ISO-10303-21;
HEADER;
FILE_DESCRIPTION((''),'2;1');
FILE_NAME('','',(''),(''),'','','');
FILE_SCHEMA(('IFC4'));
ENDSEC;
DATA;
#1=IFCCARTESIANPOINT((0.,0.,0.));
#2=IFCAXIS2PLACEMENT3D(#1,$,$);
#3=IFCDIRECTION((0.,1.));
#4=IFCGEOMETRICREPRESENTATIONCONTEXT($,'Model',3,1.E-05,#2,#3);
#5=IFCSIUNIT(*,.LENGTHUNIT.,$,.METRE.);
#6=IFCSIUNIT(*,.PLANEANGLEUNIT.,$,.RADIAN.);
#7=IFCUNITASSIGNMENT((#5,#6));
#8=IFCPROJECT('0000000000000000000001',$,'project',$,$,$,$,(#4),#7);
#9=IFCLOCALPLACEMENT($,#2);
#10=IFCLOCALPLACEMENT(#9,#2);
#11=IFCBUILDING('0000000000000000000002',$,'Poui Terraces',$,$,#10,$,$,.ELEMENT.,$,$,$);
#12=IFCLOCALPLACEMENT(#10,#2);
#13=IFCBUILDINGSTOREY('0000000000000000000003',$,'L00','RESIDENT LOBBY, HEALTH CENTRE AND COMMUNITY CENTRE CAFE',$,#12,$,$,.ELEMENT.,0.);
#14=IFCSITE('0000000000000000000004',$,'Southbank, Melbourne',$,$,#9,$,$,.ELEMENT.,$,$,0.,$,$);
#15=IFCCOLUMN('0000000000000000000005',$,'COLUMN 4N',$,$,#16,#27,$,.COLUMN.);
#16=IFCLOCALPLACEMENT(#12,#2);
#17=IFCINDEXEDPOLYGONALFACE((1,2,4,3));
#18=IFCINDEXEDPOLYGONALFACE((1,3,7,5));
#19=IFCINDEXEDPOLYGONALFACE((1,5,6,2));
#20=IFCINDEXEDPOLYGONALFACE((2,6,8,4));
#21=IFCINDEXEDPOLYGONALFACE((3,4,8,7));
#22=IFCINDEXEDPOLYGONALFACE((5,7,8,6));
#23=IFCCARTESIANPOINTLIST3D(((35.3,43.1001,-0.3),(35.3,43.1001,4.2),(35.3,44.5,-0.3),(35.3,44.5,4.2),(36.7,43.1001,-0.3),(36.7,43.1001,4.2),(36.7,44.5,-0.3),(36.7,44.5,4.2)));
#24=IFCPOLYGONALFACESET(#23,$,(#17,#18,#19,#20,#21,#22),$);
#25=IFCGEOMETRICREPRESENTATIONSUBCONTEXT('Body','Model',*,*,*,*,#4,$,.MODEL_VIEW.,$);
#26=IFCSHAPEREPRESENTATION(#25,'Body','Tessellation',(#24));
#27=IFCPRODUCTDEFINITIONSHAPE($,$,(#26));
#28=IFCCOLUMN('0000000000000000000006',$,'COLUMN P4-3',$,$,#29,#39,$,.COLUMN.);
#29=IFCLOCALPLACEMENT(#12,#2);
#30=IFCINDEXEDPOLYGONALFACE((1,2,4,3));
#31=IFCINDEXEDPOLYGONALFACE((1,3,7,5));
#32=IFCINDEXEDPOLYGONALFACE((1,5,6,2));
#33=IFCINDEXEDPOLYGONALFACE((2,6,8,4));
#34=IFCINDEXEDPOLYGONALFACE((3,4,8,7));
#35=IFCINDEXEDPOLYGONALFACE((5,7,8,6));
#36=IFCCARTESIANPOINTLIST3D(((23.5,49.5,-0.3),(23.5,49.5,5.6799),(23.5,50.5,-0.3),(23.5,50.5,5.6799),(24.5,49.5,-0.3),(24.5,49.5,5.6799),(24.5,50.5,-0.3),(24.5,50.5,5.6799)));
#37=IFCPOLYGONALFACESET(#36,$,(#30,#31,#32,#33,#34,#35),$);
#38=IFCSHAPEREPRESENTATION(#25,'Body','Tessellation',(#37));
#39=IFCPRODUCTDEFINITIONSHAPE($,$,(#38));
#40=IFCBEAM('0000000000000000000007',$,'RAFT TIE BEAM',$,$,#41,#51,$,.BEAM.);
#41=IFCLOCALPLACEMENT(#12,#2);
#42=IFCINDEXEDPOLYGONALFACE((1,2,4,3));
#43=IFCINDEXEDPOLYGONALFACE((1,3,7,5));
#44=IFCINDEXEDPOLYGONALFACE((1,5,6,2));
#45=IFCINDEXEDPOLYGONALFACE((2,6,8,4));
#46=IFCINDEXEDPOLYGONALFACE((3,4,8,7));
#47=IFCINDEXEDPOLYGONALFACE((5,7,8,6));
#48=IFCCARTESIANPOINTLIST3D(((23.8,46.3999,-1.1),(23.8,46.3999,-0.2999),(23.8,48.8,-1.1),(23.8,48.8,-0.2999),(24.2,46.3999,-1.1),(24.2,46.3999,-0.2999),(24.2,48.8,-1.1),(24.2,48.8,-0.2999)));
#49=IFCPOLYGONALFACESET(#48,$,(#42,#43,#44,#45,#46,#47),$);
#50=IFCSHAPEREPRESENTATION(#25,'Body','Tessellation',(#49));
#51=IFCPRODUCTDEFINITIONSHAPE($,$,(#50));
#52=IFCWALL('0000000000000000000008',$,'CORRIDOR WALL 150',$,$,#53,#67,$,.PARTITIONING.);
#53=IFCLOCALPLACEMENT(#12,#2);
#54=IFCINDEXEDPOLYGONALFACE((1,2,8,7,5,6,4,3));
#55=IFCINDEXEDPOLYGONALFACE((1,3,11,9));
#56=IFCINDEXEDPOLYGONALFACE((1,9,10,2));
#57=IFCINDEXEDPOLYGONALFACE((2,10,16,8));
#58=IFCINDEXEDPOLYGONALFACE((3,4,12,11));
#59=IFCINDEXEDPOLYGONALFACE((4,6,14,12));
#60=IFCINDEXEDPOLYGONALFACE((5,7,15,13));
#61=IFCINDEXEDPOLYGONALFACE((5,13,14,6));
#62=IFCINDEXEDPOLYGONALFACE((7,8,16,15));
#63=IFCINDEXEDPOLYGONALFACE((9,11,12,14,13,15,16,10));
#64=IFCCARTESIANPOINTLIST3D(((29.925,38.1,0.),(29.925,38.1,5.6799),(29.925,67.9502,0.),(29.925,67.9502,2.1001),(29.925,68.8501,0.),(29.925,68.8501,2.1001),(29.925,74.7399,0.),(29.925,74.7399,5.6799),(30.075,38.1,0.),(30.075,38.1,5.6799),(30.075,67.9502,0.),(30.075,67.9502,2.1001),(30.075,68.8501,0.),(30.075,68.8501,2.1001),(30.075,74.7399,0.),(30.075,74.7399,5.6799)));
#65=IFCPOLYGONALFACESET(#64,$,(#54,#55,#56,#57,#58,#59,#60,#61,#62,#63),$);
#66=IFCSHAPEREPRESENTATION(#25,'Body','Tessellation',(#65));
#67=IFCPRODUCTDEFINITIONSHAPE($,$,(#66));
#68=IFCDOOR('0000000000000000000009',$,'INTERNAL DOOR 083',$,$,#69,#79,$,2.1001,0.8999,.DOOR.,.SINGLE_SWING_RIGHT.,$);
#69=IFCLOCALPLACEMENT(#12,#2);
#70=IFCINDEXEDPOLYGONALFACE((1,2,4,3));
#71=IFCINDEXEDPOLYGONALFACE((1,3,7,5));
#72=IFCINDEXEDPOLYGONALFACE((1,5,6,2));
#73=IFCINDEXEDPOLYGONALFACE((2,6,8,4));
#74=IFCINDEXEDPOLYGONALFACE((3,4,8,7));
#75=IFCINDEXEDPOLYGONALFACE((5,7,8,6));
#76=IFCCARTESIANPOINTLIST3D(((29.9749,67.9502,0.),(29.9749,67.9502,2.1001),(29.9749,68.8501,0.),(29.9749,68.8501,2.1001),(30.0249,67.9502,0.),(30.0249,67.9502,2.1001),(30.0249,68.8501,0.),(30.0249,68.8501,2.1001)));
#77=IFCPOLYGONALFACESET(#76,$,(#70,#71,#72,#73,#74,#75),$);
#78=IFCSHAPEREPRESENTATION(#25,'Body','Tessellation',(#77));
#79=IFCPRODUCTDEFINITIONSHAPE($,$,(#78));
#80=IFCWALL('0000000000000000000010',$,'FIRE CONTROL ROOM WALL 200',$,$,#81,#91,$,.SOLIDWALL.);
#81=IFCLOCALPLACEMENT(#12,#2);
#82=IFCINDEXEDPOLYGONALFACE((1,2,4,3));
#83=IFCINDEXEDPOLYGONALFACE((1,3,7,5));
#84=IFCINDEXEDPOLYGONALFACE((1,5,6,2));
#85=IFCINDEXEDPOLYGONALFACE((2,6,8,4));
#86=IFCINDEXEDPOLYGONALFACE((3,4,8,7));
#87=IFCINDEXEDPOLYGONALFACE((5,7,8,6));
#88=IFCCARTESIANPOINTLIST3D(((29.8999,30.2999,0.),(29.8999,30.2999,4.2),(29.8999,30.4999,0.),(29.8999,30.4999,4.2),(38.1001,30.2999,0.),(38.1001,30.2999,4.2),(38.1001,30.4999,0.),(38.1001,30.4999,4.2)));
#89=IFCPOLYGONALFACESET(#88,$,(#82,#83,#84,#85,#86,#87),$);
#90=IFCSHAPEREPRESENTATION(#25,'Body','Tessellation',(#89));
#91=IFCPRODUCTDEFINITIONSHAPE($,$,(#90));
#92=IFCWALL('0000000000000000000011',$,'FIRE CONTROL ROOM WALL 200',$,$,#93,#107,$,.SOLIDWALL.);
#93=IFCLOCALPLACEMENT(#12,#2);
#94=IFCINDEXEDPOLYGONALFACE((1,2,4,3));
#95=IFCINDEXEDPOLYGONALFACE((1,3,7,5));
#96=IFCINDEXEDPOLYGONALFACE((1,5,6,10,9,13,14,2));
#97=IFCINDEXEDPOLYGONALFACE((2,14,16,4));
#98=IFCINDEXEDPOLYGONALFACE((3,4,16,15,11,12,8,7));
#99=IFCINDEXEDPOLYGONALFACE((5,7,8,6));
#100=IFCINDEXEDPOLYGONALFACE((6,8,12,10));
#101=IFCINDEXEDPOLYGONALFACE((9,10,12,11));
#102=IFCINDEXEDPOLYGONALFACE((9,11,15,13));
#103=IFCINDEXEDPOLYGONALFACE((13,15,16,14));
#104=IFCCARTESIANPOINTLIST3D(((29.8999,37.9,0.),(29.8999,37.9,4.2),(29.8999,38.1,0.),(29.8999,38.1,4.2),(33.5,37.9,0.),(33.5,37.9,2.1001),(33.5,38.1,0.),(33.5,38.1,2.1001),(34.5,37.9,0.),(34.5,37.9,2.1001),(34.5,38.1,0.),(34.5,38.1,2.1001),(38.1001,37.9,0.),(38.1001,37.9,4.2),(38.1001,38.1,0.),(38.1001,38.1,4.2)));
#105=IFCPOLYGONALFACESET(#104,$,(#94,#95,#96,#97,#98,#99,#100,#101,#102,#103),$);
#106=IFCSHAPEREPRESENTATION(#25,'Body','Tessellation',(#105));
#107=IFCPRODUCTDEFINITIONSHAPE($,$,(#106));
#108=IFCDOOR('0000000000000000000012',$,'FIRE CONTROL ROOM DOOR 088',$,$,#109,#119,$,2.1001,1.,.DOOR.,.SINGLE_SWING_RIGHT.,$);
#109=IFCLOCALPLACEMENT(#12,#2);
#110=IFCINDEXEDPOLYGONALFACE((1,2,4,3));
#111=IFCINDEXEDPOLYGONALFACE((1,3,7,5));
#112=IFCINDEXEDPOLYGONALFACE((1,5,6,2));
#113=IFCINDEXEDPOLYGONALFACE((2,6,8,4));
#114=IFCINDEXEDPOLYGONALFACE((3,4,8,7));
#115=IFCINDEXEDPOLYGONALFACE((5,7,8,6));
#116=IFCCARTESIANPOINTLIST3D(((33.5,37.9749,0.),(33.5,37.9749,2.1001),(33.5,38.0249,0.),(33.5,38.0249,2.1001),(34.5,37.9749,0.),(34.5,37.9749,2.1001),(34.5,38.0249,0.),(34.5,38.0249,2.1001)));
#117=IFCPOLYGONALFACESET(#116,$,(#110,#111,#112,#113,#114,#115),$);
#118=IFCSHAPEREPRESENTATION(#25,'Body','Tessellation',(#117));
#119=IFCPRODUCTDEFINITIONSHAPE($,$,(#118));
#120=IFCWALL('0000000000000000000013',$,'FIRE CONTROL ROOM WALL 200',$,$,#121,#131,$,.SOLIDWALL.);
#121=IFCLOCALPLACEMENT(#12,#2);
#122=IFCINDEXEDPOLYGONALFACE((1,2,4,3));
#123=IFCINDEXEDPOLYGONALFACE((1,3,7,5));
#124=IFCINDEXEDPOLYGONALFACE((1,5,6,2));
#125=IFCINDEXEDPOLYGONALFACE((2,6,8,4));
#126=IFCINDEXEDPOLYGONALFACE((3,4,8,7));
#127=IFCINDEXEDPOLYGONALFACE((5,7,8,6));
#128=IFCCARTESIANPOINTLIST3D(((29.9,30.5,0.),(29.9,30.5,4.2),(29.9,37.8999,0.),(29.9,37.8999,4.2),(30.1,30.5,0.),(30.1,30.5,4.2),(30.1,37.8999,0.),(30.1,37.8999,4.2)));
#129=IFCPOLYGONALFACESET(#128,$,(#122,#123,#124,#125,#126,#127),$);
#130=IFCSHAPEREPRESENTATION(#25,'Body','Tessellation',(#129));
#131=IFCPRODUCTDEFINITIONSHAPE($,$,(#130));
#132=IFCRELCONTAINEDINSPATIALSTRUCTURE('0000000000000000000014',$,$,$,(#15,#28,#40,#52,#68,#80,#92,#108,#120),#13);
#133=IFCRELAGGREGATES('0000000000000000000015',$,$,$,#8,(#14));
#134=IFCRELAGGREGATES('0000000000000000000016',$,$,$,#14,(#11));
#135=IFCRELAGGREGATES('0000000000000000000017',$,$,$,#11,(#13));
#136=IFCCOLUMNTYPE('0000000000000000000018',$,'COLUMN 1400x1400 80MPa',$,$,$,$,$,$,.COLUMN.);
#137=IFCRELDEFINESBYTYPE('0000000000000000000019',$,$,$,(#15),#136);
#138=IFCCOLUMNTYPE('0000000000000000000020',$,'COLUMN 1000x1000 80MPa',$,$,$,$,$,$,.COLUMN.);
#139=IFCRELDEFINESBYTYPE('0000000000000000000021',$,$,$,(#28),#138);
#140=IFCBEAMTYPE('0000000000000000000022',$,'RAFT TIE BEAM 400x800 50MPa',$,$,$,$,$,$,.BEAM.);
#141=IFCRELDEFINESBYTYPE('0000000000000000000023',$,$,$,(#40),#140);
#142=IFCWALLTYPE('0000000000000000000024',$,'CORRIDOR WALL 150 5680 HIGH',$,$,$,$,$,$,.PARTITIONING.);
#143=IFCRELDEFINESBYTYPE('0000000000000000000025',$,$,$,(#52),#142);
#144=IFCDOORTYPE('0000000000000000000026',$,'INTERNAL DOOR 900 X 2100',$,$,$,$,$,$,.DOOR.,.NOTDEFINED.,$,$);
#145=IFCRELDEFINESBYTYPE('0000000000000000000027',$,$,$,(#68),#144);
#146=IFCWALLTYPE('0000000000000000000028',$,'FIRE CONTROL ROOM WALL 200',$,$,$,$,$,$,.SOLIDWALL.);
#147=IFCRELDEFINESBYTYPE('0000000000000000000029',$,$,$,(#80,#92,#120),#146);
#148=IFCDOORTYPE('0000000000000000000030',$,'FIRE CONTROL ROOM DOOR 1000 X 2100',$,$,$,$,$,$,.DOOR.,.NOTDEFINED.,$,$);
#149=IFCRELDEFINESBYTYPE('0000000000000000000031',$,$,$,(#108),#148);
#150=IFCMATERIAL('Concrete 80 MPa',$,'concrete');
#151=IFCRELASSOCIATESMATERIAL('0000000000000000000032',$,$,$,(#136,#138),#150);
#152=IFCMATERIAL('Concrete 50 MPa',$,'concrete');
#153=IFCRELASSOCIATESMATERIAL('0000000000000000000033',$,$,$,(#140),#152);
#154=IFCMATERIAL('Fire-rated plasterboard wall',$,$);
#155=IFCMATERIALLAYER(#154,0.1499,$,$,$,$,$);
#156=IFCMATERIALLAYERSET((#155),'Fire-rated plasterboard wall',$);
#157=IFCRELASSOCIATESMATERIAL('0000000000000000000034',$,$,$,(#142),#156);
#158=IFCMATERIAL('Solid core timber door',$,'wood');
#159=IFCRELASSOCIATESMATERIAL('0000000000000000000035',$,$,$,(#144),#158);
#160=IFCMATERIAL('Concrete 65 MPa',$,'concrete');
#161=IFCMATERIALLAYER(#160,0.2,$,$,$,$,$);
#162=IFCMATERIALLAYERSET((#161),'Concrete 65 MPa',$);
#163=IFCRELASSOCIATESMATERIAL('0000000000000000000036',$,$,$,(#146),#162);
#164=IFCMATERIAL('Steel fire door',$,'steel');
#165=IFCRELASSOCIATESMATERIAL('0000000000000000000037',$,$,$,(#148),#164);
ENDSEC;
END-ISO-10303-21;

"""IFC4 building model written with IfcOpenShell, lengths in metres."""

from ifc_helpers import new_model, si_unit, direction, frame, frame_2d, origin, origin_2d, place, context, subcontext, project, spatial, rectangle, extrude, source, transform, mapped, material, layer, layer_set, material_profile, profile_set, type_object, element, fill, save


model = new_model("IFC4")

# Units and contexts
model_context = context("Model", 3, precision=1e-05, world=origin(), true_north=direction((0.0, 1.0)))
body_context = subcontext(model_context, "Body", "Model", "MODEL_VIEW")
ifc_project = project(units=[si_unit("LENGTHUNIT", "METRE"), si_unit("PLANEANGLEUNIT", "RADIAN")], contexts=[model_context])

# Site, building, storey
site_placement = place(None, origin())
site = spatial("IfcSite", under=ifc_project, at=site_placement, Name="Southbank, Melbourne", CompositionType="ELEMENT", RefElevation=0.0)
building_placement = place(site_placement, origin())
building = spatial("IfcBuilding", under=site, at=building_placement, Name="Poui Terraces", CompositionType="ELEMENT")
storey_placement = place(building_placement, origin())
storey = spatial("IfcBuildingStorey", under=building, at=storey_placement, Name="L00", Description="RESIDENT LOBBY, HEALTH CENTRE AND COMMUNITY CENTRE CAFE", CompositionType="ELEMENT", Elevation=0.0)

# Shared definitions
ifc_material_1 = material(Name="Concrete 50 MPa", Category="concrete")

# Columns
ifc_material_2 = material(Name="Concrete 80 MPa", Category="concrete")
ifc_material_profile_1 = material_profile(ifc_material_2, rectangle(XDim=1.3999, YDim=1.3999, at=origin_2d()), Name="RC 1400x1400")
ifc_profile_set_1 = profile_set([ifc_material_profile_1], Name="Concrete 80 MPa")
column_type_1 = type_object("IfcColumnType", Name="COLUMN 1400x1400 80MPa", PredefinedType="COLUMN", material=ifc_profile_set_1)
shared_shape_1 = source(origin(), body_context, "Body", "SweptSolid", [
    extrude(rectangle(XDim=1.3999, YDim=1.3999, at=origin_2d()), origin(), (0.0, 0.0, 1.0), 4.5),
])
for number, where, z_axis, x_axis, name in (
    (1, (36.0, 43.8, -0.3), (0.0, 0.0, 1.0), (1.0, 0.0, 0.0), "COLUMN 4N"),
):
    element("IfcColumn", number, at=place(storey_placement, frame(where, z_axis=z_axis, x_axis=x_axis)), inside=storey, type_object=column_type_1, Name=name, PredefinedType="COLUMN", context=body_context, shape_type="MappedRepresentation", body=[
        mapped(shared_shape_1, transform((0.0, 0.0, 0.0))),
    ])
ifc_material_profile_2 = material_profile(ifc_material_2, rectangle(XDim=1.0, YDim=1.0, at=origin_2d()), Name="RC 1000x1000")
ifc_profile_set_2 = profile_set([ifc_material_profile_2], Name="Concrete 80 MPa")
column_type_2 = type_object("IfcColumnType", Name="COLUMN 1000x1000 80MPa", PredefinedType="COLUMN", material=ifc_profile_set_2)
shared_shape_2 = source(origin(), body_context, "Body", "SweptSolid", [
    extrude(rectangle(XDim=1.0, YDim=1.0, at=origin_2d()), origin(), (0.0, 0.0, 1.0), 5.98),
])
column_1_placement = place(storey_placement, frame((24.0, 50.0, -0.3), z_axis=(0.0, 0.0, 1.0), x_axis=(1.0, 0.0, 0.0)))
element("IfcColumn", 2, at=column_1_placement, inside=storey, type_object=column_type_2, Name="COLUMN P4-3", PredefinedType="COLUMN", context=body_context, shape_type="MappedRepresentation", body=[
    mapped(shared_shape_2, transform((0.0, 0.0, 0.0))),
])

# Beam
ifc_material_profile_3 = material_profile(ifc_material_1, rectangle(XDim=0.3999, YDim=0.8, at=origin_2d()), Name="RC 400x800")
ifc_profile_set_3 = profile_set([ifc_material_profile_3], Name="Concrete 50 MPa")
beam_type = type_object("IfcBeamType", Name="RAFT TIE BEAM 400x800 50MPa", PredefinedType="BEAM", material=ifc_profile_set_3)
shared_shape_3 = source(origin(), body_context, "Body", "SweptSolid", [
    extrude(rectangle(XDim=0.3999, YDim=0.8, at=origin_2d()), origin(), (0.0, 0.0, 1.0), 2.4001),
])
beam_placement = place(storey_placement, frame((24.0, 46.3999, -0.7), z_axis=(0.0, 1.0, 0.0), x_axis=(-1.0, 0.0, 0.0)))
element("IfcBeam", 3, at=beam_placement, inside=storey, type_object=beam_type, Name="RAFT TIE BEAM", PredefinedType="BEAM", context=body_context, shape_type="MappedRepresentation", body=[
    mapped(shared_shape_3, transform((0.0, 0.0, 0.0))),
])

# Wall, opening, door
ifc_material_3 = material(Name="Fire-rated plasterboard wall")
ifc_layer_1 = layer(ifc_material_3, 0.1499)
ifc_layer_set_1 = layer_set([ifc_layer_1], Name="Fire-rated plasterboard wall")
wall_type_1 = type_object("IfcWallType", Name="CORRIDOR WALL 150 5680 HIGH", PredefinedType="PARTITIONING", material=ifc_layer_set_1)
wall_1_placement = place(storey_placement, frame((30.0, 38.1001, 0.0), z_axis=(0.0, 0.0, 1.0), x_axis=(0.0, 1.0, 0.0)))
wall_1 = element("IfcWall", 4, at=wall_1_placement, inside=storey, type_object=wall_type_1, Name="CORRIDOR WALL 150", PredefinedType="PARTITIONING", context=body_context, shape_type="SweptSolid", body=[
    extrude(rectangle(XDim=36.6399, YDim=0.1499, at=frame_2d((18.3198, 0.0))), origin(), (0.0, 0.0, 1.0), 5.6799),
])
opening_1_placement = place(wall_1_placement, frame((29.8501, 0.0, 0.0)))
opening_1 = element("IfcOpeningElement", 5, at=opening_1_placement, cuts=wall_1, PredefinedType="OPENING", context=body_context, shape_type="SweptSolid", body=[
    extrude(rectangle(XDim=0.8999, YDim=2.1001, at=frame_2d((0.45, 1.05))), frame((0.0, 0.085, 0.0), z_axis=(0.0, -1.0, 0.0), x_axis=(1.0, 0.0, 0.0)), (0.0, 0.0, 1.0), 0.1699),
])
ifc_material_4 = material(Name="Solid core timber door", Category="wood")
door_type_1 = type_object("IfcDoorType", Name="INTERNAL DOOR 900 X 2100", OperationType="NOTDEFINED", PredefinedType="DOOR", material=ifc_material_4)
door_1_placement = place(opening_1_placement, frame((0.8999, 0.0, 0.0), z_axis=(0.0, 0.0, 1.0), x_axis=(-1.0, 0.0, 0.0)))
door_1 = element("IfcDoor", 6, at=door_1_placement, inside=storey, type_object=door_type_1, Name="INTERNAL DOOR 083", OperationType="SINGLE_SWING_RIGHT", OverallHeight=2.1001, OverallWidth=0.8999, PredefinedType="DOOR", context=body_context, shape_type="SweptSolid", body=[
    extrude(rectangle(XDim=0.8999, YDim=2.1001, at=frame_2d((0.45, 1.05))), frame((0.0, 0.0249, 0.0), z_axis=(0.0, -1.0, 0.0), x_axis=(1.0, 0.0, 0.0)), (0.0, 0.0, 1.0), 0.05),
])
fill(opening_1, door_1)

# Wall
ifc_material_5 = material(Name="Concrete 65 MPa", Category="concrete")
ifc_layer_2 = layer(ifc_material_5, 0.2)
ifc_layer_set_2 = layer_set([ifc_layer_2], Name="Concrete 65 MPa")
wall_type_2 = type_object("IfcWallType", Name="FIRE CONTROL ROOM WALL 200", PredefinedType="SOLIDWALL", material=ifc_layer_set_2)
wall_2_placement = place(storey_placement, frame((29.8999, 30.3999, 0.0), z_axis=(0.0, 0.0, 1.0), x_axis=(1.0, 0.0, 0.0)))
element("IfcWall", 7, at=wall_2_placement, inside=storey, type_object=wall_type_2, Name="FIRE CONTROL ROOM WALL 200", PredefinedType="SOLIDWALL", context=body_context, shape_type="SweptSolid", body=[
    extrude(rectangle(XDim=8.2002, YDim=0.2, at=frame_2d((4.1001, 0.0))), origin(), (0.0, 0.0, 1.0), 4.2),
])

# Wall, opening, door
wall_3_placement = place(storey_placement, frame((29.8999, 38.0, 0.0), z_axis=(0.0, 0.0, 1.0), x_axis=(1.0, 0.0, 0.0)))
wall_3 = element("IfcWall", 8, at=wall_3_placement, inside=storey, type_object=wall_type_2, Name="FIRE CONTROL ROOM WALL 200", PredefinedType="SOLIDWALL", context=body_context, shape_type="SweptSolid", body=[
    extrude(rectangle(XDim=8.2002, YDim=0.2, at=frame_2d((4.1001, 0.0))), origin(), (0.0, 0.0, 1.0), 4.2),
])
opening_2_placement = place(wall_3_placement, frame((3.6001, 0.0, 0.0)))
opening_2 = element("IfcOpeningElement", 9, at=opening_2_placement, cuts=wall_3, PredefinedType="OPENING", context=body_context, shape_type="SweptSolid", body=[
    extrude(rectangle(XDim=1.0, YDim=2.1001, at=frame_2d((0.5, 1.05))), frame((0.0, 0.1099, 0.0), z_axis=(0.0, -1.0, 0.0), x_axis=(1.0, 0.0, 0.0)), (0.0, 0.0, 1.0), 0.22),
])
ifc_material_6 = material(Name="Steel fire door", Category="steel")
door_type_2 = type_object("IfcDoorType", Name="FIRE CONTROL ROOM DOOR 1000 X 2100", OperationType="NOTDEFINED", PredefinedType="DOOR", material=ifc_material_6)
door_2_placement = place(opening_2_placement, origin())
door_2 = element("IfcDoor", 10, at=door_2_placement, inside=storey, type_object=door_type_2, Name="FIRE CONTROL ROOM DOOR 088", OperationType="SINGLE_SWING_RIGHT", OverallHeight=2.1001, OverallWidth=1.0, PredefinedType="DOOR", context=body_context, shape_type="SweptSolid", body=[
    extrude(rectangle(XDim=1.0, YDim=2.1001, at=frame_2d((0.5, 1.05))), frame((0.0, 0.0249, 0.0), z_axis=(0.0, -1.0, 0.0), x_axis=(1.0, 0.0, 0.0)), (0.0, 0.0, 1.0), 0.05),
])
fill(opening_2, door_2)

# Wall
wall_4_placement = place(storey_placement, frame((30.0, 30.5, 0.0), z_axis=(0.0, 0.0, 1.0), x_axis=(0.0, 1.0, 0.0)))
element("IfcWall", 11, at=wall_4_placement, inside=storey, type_object=wall_type_2, Name="FIRE CONTROL ROOM WALL 200", PredefinedType="SOLIDWALL", context=body_context, shape_type="SweptSolid", body=[
    extrude(rectangle(XDim=7.3999, YDim=0.2, at=frame_2d((3.7, 0.0))), origin(), (0.0, 0.0, 1.0), 4.2),
])

save(model, "model.ifc")
